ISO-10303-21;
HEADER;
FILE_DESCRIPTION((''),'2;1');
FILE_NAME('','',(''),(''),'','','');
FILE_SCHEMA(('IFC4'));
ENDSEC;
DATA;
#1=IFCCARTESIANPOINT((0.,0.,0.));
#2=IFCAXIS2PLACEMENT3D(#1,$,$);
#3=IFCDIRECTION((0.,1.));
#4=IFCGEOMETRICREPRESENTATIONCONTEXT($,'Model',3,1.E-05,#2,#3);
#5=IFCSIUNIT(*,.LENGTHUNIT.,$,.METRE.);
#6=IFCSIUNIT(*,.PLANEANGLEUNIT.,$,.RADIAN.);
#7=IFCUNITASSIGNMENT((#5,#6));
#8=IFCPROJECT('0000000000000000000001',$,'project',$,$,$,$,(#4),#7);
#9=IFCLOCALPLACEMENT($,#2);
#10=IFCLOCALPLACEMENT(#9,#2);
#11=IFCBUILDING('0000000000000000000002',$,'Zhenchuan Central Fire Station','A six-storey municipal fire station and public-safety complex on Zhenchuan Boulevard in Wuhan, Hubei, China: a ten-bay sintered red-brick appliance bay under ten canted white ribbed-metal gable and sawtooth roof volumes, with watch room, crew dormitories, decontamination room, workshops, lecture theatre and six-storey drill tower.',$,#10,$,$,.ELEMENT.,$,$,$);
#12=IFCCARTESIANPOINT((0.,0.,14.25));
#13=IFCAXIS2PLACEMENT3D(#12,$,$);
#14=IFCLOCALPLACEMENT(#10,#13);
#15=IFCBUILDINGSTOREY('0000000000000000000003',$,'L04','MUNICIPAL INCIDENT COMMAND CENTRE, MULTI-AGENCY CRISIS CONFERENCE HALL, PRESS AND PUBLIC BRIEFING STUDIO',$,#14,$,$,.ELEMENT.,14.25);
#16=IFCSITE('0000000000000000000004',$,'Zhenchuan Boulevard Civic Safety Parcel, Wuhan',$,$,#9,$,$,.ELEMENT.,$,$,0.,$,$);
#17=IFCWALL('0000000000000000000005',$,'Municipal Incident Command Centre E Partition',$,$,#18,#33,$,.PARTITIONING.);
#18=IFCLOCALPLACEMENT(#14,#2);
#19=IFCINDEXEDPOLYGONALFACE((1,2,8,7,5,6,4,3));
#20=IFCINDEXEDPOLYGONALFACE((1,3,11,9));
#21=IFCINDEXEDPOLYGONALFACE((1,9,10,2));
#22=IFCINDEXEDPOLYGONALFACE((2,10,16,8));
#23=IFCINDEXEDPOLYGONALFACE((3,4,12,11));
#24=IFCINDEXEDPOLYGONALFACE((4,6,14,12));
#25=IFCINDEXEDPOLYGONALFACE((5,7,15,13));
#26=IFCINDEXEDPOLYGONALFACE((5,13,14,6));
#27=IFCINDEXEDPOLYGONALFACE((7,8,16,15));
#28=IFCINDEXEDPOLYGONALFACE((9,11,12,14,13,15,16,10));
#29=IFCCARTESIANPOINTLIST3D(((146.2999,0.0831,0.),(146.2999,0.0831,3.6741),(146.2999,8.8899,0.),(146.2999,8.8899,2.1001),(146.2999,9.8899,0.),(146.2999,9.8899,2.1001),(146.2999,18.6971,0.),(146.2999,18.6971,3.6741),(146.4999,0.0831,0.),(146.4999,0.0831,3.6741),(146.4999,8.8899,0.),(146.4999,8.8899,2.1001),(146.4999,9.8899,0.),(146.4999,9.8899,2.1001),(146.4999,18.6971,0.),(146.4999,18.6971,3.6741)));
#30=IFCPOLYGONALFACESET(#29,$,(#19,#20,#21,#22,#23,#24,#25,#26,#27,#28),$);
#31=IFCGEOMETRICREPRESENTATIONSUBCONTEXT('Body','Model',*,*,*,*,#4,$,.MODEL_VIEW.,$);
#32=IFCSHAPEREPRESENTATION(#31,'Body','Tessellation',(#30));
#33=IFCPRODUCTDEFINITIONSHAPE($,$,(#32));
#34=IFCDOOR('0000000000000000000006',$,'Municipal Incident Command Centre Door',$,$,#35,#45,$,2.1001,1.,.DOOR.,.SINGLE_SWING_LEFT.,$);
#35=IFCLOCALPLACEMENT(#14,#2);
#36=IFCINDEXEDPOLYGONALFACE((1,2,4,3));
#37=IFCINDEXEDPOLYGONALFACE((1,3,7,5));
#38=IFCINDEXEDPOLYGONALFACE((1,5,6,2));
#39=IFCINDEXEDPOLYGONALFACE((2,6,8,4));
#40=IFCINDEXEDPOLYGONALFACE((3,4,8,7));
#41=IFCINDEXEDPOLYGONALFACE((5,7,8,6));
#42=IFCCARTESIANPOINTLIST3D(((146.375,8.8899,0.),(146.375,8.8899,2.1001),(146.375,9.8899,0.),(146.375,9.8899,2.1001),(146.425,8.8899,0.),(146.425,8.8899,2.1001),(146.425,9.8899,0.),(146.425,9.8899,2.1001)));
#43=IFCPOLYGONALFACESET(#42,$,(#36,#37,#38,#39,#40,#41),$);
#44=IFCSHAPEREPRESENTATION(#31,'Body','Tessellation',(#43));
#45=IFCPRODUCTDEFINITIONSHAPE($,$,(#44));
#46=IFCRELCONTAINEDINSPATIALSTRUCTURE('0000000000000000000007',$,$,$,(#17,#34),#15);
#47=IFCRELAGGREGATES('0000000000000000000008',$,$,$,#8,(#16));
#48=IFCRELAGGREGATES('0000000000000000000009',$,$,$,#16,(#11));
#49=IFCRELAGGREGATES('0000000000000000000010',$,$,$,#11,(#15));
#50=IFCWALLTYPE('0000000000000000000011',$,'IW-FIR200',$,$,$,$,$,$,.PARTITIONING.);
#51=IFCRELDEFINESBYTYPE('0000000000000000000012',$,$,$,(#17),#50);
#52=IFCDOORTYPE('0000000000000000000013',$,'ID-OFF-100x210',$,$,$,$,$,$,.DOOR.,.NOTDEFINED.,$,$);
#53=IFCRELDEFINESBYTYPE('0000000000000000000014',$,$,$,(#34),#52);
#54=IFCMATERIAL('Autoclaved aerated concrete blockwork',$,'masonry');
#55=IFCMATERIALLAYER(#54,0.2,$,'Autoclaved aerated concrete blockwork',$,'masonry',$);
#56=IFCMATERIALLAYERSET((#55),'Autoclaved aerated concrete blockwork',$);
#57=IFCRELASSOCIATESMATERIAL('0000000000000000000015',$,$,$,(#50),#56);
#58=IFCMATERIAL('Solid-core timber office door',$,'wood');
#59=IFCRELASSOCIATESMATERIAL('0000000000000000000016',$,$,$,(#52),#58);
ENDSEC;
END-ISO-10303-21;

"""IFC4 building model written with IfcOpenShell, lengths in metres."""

from ifc_helpers import new_model, si_unit, direction, frame, frame_2d, origin, place, context, subcontext, project, spatial, rectangle, extrude, material, layer, layer_set, type_object, element, fill, save


model = new_model("IFC4")

# Units and contexts
model_context = context("Model", 3, precision=1e-05, world=origin(), true_north=direction((0.0, 1.0)))
body_context = subcontext(model_context, "Body", "Model", "MODEL_VIEW")
ifc_project = project(units=[si_unit("LENGTHUNIT", "METRE"), si_unit("PLANEANGLEUNIT", "RADIAN")], contexts=[model_context])

# Site, building, storey
site_placement = place(None, origin())
site = spatial("IfcSite", under=ifc_project, at=site_placement, Name="Zhenchuan Boulevard Civic Safety Parcel, Wuhan", CompositionType="ELEMENT", RefElevation=0.0)
building_placement = place(site_placement, origin())
building = spatial("IfcBuilding", under=site, at=building_placement, Name="Zhenchuan Central Fire Station", Description="A six-storey municipal fire station and public-safety complex on Zhenchuan Boulevard in Wuhan, Hubei, China: a ten-bay sintered red-brick appliance bay under ten canted white ribbed-metal gable and sawtooth roof volumes, with watch room, crew dormitories, decontamination room, workshops, lecture theatre and six-storey drill tower.", CompositionType="ELEMENT")
storey_placement = place(building_placement, frame((0.0, 0.0, 14.25)))
storey = spatial("IfcBuildingStorey", under=building, at=storey_placement, Name="L04", Description="MUNICIPAL INCIDENT COMMAND CENTRE, MULTI-AGENCY CRISIS CONFERENCE HALL, PRESS AND PUBLIC BRIEFING STUDIO", CompositionType="ELEMENT", Elevation=14.25)

# Wall, opening, door
ifc_material_1 = material(Name="Autoclaved aerated concrete blockwork", Category="masonry")
ifc_layer_1 = layer(ifc_material_1, 0.2, Name="Autoclaved aerated concrete blockwork", Category="masonry")
ifc_layer_set_1 = layer_set([ifc_layer_1], Name="Autoclaved aerated concrete blockwork")
wall_type = type_object("IfcWallType", Name="IW-FIR200", PredefinedType="PARTITIONING", material=ifc_layer_set_1)
wall_placement = place(storey_placement, frame((146.3999, 0.083, 0.0), z_axis=(0.0, 0.0, 1.0), x_axis=(0.0, 1.0, 0.0)))
wall = element("IfcWall", 1, at=wall_placement, inside=storey, type_object=wall_type, Name="Municipal Incident Command Centre E Partition", PredefinedType="PARTITIONING", context=body_context, shape_type="SweptSolid", body=[
    extrude(rectangle(XDim=18.614, YDim=0.2, at=frame_2d((9.3071, 0.0))), origin(), (0.0, 0.0, 1.0), 3.6741),
])
opening_placement = place(wall_placement, frame((8.8069, 0.0, 0.0)))
opening = element("IfcOpeningElement", 2, at=opening_placement, cuts=wall, PredefinedType="OPENING", context=body_context, shape_type="SweptSolid", body=[
    extrude(rectangle(XDim=1.0, YDim=2.1001, at=frame_2d((0.5, 1.05))), frame((0.0, 0.1099, 0.0), z_axis=(0.0, -1.0, 0.0), x_axis=(1.0, 0.0, 0.0)), (0.0, 0.0, 1.0), 0.22),
])
ifc_material_2 = material(Name="Solid-core timber office door", Category="wood")
door_type = type_object("IfcDoorType", Name="ID-OFF-100x210", OperationType="NOTDEFINED", PredefinedType="DOOR", material=ifc_material_2)
door_placement = place(opening_placement, origin())
door = element("IfcDoor", 3, at=door_placement, inside=storey, type_object=door_type, Name="Municipal Incident Command Centre Door", OperationType="SINGLE_SWING_LEFT", OverallHeight=2.1001, OverallWidth=1.0, PredefinedType="DOOR", context=body_context, shape_type="SweptSolid", body=[
    extrude(rectangle(XDim=1.0, YDim=2.1001, at=frame_2d((0.5, 1.05))), frame((0.0, 0.0249, 0.0), z_axis=(0.0, -1.0, 0.0), x_axis=(1.0, 0.0, 0.0)), (0.0, 0.0, 1.0), 0.05),
])
fill(opening, door)

save(model, "model.ifc")
